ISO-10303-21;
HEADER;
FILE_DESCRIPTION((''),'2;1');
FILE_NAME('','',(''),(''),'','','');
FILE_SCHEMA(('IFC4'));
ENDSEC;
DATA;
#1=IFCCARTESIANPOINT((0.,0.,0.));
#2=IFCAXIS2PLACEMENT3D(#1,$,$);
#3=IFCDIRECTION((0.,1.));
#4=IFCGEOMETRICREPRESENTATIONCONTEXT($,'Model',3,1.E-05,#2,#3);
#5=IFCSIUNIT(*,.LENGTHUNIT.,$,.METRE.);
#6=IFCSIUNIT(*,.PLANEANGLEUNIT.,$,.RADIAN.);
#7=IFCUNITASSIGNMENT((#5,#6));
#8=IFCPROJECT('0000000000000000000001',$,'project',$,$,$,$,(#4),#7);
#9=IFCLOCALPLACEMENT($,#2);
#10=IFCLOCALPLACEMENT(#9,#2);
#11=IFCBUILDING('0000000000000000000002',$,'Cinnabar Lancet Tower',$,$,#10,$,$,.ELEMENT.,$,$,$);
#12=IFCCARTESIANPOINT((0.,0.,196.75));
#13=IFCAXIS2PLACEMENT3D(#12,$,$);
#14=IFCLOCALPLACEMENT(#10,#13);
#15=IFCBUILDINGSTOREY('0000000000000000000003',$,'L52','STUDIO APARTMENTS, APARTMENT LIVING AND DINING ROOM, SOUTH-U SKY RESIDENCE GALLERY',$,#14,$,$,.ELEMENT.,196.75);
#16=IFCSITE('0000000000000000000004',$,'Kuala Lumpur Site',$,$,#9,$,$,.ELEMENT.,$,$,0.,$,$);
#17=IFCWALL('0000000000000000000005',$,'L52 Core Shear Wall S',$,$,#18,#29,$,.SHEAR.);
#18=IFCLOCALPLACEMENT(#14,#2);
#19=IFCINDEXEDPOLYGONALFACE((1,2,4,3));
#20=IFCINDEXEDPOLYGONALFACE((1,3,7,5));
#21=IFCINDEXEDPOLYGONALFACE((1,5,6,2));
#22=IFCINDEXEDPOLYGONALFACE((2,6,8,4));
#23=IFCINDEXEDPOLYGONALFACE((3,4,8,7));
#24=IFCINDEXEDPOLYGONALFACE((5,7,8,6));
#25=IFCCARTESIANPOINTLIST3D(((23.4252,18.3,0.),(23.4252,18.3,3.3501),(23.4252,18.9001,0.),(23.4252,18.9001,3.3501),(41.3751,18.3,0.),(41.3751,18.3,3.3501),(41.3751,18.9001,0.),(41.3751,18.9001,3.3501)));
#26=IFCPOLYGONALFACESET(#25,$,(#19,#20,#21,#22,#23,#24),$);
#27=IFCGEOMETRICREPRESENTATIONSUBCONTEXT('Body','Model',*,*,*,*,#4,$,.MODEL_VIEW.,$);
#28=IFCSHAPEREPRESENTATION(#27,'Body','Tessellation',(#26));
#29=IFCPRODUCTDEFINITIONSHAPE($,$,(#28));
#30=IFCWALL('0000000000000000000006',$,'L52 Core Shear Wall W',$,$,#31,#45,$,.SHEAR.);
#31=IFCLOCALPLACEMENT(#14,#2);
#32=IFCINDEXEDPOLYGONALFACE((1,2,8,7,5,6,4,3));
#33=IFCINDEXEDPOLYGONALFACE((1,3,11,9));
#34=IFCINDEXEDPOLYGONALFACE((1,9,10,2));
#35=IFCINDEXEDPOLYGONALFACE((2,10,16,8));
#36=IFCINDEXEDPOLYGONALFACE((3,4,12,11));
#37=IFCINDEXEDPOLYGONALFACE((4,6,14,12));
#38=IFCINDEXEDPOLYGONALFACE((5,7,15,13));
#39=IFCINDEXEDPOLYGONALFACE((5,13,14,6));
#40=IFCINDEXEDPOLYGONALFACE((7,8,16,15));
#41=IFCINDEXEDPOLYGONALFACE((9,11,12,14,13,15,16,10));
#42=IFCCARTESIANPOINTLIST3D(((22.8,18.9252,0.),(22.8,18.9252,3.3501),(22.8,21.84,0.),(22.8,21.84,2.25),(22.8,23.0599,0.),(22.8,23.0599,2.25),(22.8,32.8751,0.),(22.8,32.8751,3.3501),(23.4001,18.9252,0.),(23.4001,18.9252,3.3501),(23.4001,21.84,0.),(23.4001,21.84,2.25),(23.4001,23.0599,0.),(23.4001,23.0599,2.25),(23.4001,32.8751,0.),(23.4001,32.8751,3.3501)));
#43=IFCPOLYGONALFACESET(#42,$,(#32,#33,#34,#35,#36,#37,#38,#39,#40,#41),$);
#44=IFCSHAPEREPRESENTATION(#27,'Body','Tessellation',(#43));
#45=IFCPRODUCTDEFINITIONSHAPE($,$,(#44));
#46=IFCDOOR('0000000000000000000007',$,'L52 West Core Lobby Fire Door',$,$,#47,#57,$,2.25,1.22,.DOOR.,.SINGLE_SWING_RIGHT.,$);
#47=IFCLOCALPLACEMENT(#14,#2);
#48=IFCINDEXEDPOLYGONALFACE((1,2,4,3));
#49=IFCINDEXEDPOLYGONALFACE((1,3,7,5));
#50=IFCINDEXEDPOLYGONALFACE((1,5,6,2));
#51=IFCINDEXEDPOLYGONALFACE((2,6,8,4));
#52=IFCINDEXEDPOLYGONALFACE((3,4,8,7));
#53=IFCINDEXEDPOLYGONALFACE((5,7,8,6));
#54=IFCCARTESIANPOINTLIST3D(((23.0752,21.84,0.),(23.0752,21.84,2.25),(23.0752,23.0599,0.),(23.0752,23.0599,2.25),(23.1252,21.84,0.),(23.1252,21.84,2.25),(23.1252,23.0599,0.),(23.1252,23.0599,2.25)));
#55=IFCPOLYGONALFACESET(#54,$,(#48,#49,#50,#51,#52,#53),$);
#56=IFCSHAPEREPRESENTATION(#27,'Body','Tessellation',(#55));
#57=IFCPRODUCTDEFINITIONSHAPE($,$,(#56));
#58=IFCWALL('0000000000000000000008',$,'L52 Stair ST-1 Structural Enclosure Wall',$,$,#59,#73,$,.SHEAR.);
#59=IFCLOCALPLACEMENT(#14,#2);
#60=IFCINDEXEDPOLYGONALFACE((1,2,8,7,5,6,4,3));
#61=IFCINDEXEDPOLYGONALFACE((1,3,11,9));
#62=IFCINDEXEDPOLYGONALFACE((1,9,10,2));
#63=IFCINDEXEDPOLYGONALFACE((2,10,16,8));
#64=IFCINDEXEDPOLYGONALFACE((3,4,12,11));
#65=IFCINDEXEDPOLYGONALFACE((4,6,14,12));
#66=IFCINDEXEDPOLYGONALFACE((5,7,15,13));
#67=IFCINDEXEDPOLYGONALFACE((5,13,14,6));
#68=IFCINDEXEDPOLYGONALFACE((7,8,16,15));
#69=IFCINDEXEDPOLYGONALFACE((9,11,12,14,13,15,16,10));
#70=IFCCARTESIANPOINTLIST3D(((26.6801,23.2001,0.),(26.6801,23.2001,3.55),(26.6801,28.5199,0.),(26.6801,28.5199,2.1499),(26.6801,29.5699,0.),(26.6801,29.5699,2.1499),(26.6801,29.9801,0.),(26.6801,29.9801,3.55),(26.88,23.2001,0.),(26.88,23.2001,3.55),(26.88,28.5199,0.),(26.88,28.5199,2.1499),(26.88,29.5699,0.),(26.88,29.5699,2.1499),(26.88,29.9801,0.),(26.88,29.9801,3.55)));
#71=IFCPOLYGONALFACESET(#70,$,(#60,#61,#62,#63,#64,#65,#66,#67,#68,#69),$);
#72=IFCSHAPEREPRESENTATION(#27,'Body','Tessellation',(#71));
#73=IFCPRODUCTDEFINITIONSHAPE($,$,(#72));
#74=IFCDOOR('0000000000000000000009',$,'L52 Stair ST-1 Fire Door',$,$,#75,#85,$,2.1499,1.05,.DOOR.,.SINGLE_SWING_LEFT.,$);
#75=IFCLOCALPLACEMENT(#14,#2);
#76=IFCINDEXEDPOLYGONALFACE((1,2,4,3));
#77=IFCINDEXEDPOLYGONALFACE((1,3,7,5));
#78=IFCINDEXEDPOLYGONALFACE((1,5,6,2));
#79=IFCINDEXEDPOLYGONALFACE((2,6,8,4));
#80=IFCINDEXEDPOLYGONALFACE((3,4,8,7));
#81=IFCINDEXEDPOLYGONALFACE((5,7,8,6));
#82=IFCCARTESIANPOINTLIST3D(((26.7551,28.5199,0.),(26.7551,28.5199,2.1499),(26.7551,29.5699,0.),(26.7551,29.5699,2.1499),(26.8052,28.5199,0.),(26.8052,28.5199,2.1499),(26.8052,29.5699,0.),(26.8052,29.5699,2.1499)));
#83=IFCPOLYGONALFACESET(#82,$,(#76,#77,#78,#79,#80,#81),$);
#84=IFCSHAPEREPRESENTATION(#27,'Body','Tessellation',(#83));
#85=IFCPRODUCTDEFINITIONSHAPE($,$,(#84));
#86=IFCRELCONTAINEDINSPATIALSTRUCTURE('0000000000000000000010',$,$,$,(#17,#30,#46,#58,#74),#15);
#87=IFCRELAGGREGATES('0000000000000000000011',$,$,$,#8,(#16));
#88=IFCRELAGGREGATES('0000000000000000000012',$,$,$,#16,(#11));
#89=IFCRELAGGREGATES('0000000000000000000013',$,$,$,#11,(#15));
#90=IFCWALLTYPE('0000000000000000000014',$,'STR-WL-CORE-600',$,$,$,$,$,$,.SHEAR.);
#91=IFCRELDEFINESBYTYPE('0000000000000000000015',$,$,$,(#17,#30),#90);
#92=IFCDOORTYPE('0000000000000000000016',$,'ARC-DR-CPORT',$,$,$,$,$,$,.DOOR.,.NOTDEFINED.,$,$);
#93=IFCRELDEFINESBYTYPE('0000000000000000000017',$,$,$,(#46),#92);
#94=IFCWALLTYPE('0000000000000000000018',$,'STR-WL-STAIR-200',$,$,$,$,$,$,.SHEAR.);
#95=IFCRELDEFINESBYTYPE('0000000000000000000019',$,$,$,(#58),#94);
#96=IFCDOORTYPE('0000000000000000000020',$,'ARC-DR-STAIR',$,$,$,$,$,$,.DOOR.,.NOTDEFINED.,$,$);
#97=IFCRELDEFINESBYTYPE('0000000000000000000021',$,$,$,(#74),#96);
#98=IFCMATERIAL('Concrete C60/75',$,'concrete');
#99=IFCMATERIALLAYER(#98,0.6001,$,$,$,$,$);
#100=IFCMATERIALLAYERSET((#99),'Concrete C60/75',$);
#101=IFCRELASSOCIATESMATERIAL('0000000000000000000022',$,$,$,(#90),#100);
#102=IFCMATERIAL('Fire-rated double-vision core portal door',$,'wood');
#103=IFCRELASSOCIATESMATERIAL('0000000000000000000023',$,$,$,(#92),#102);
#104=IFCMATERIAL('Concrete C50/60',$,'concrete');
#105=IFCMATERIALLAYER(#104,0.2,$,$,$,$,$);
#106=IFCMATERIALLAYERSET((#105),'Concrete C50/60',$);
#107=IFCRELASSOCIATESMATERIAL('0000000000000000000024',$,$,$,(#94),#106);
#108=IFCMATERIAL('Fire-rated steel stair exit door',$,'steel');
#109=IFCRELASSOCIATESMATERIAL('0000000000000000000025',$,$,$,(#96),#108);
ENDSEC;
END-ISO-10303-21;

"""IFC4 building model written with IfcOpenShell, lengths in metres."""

from ifc_helpers import new_model, si_unit, direction, frame, frame_2d, origin, place, context, subcontext, project, spatial, rectangle, extrude, material, layer, layer_set, type_object, element, fill, save


model = new_model("IFC4")

# Units and contexts
model_context = context("Model", 3, precision=1e-05, world=origin(), true_north=direction((0.0, 1.0)))
body_context = subcontext(model_context, "Body", "Model", "MODEL_VIEW")
ifc_project = project(units=[si_unit("LENGTHUNIT", "METRE"), si_unit("PLANEANGLEUNIT", "RADIAN")], contexts=[model_context])

# Site, building, storey
site_placement = place(None, origin())
site = spatial("IfcSite", under=ifc_project, at=site_placement, Name="Kuala Lumpur Site", CompositionType="ELEMENT", RefElevation=0.0)
building_placement = place(site_placement, origin())
building = spatial("IfcBuilding", under=site, at=building_placement, Name="Cinnabar Lancet Tower", CompositionType="ELEMENT")
storey_placement = place(building_placement, frame((0.0, 0.0, 196.75)))
storey = spatial("IfcBuildingStorey", under=building, at=storey_placement, Name="L52", Description="STUDIO APARTMENTS, APARTMENT LIVING AND DINING ROOM, SOUTH-U SKY RESIDENCE GALLERY", CompositionType="ELEMENT", Elevation=196.75)

# Wall
ifc_material_1 = material(Name="Concrete C60/75", Category="concrete")
ifc_layer_1 = layer(ifc_material_1, 0.6001)
ifc_layer_set_1 = layer_set([ifc_layer_1], Name="Concrete C60/75")
wall_type_1 = type_object("IfcWallType", Name="STR-WL-CORE-600", PredefinedType="SHEAR", material=ifc_layer_set_1)
wall_1_placement = place(storey_placement, frame((23.425, 18.6001, 0.0), z_axis=(0.0, 0.0, 1.0), x_axis=(1.0, 0.0, 0.0)))
element("IfcWall", 1, at=wall_1_placement, inside=storey, type_object=wall_type_1, Name="L52 Core Shear Wall S", PredefinedType="SHEAR", context=body_context, shape_type="SweptSolid", body=[
    extrude(rectangle(XDim=17.95, YDim=0.6001, at=frame_2d((8.9751, 0.0))), origin(), (0.0, 0.0, 1.0), 3.3501),
])

# Walls, openings, doors
wall_2_placement = place(storey_placement, frame((23.1001, 18.925, 0.0), z_axis=(0.0, 0.0, 1.0), x_axis=(0.0, 1.0, 0.0)))
wall_2 = element("IfcWall", 2, at=wall_2_placement, inside=storey, type_object=wall_type_1, Name="L52 Core Shear Wall W", PredefinedType="SHEAR", context=body_context, shape_type="SweptSolid", body=[
    extrude(rectangle(XDim=13.95, YDim=0.6001, at=frame_2d((6.9751, 0.0))), origin(), (0.0, 0.0, 1.0), 3.3501),
])
opening_1_placement = place(wall_2_placement, frame((2.915, 0.0, 0.0)))
opening_1 = element("IfcOpeningElement", 3, at=opening_1_placement, cuts=wall_2, PredefinedType="OPENING", context=body_context, shape_type="SweptSolid", body=[
    extrude(rectangle(XDim=1.22, YDim=2.25, at=frame_2d((0.6099, 1.125))), frame((0.0, 0.3101, 0.0), z_axis=(0.0, -1.0, 0.0), x_axis=(1.0, 0.0, 0.0)), (0.0, 0.0, 1.0), 0.6201),
])
ifc_material_2 = material(Name="Fire-rated double-vision core portal door", Category="wood")
door_type_1 = type_object("IfcDoorType", Name="ARC-DR-CPORT", OperationType="NOTDEFINED", PredefinedType="DOOR", material=ifc_material_2)
door_1_placement = place(opening_1_placement, origin())
door_1 = element("IfcDoor", 4, at=door_1_placement, inside=storey, type_object=door_type_1, Name="L52 West Core Lobby Fire Door", OperationType="SINGLE_SWING_RIGHT", OverallHeight=2.25, OverallWidth=1.22, PredefinedType="DOOR", context=body_context, shape_type="SweptSolid", body=[
    extrude(rectangle(XDim=1.22, YDim=2.25, at=frame_2d((0.6099, 1.125))), frame((0.0, 0.0249, 0.0), z_axis=(0.0, -1.0, 0.0), x_axis=(1.0, 0.0, 0.0)), (0.0, 0.0, 1.0), 0.05),
])
fill(opening_1, door_1)
ifc_material_3 = material(Name="Concrete C50/60", Category="concrete")
ifc_layer_2 = layer(ifc_material_3, 0.2)
ifc_layer_set_2 = layer_set([ifc_layer_2], Name="Concrete C50/60")
wall_type_2 = type_object("IfcWallType", Name="STR-WL-STAIR-200", PredefinedType="SHEAR", material=ifc_layer_set_2)
wall_3_placement = place(storey_placement, frame((26.78, 23.2, 0.0), z_axis=(0.0, 0.0, 1.0), x_axis=(0.0, 1.0, 0.0)))
wall_3 = element("IfcWall", 5, at=wall_3_placement, inside=storey, type_object=wall_type_2, Name="L52 Stair ST-1 Structural Enclosure Wall", PredefinedType="SHEAR", context=body_context, shape_type="SweptSolid", body=[
    extrude(rectangle(XDim=6.78, YDim=0.2, at=frame_2d((3.3901, 0.0))), origin(), (0.0, 0.0, 1.0), 3.55),
])
opening_2_placement = place(wall_3_placement, frame((5.3201, 0.0, 0.0)))
opening_2 = element("IfcOpeningElement", 6, at=opening_2_placement, cuts=wall_3, PredefinedType="OPENING", context=body_context, shape_type="SweptSolid", body=[
    extrude(rectangle(XDim=1.05, YDim=2.1499, at=frame_2d((0.5249, 1.075))), frame((0.0, 0.1099, 0.0), z_axis=(0.0, -1.0, 0.0), x_axis=(1.0, 0.0, 0.0)), (0.0, 0.0, 1.0), 0.22),
])
ifc_material_4 = material(Name="Fire-rated steel stair exit door", Category="steel")
door_type_2 = type_object("IfcDoorType", Name="ARC-DR-STAIR", OperationType="NOTDEFINED", PredefinedType="DOOR", material=ifc_material_4)
door_2_placement = place(opening_2_placement, origin())
door_2 = element("IfcDoor", 7, at=door_2_placement, inside=storey, type_object=door_type_2, Name="L52 Stair ST-1 Fire Door", OperationType="SINGLE_SWING_LEFT", OverallHeight=2.1499, OverallWidth=1.05, PredefinedType="DOOR", context=body_context, shape_type="SweptSolid", body=[
    extrude(rectangle(XDim=1.05, YDim=2.1499, at=frame_2d((0.5249, 1.075))), frame((0.0, 0.0249, 0.0), z_axis=(0.0, -1.0, 0.0), x_axis=(1.0, 0.0, 0.0)), (0.0, 0.0, 1.0), 0.05),
])
fill(opening_2, door_2)

save(model, "model.ifc")
